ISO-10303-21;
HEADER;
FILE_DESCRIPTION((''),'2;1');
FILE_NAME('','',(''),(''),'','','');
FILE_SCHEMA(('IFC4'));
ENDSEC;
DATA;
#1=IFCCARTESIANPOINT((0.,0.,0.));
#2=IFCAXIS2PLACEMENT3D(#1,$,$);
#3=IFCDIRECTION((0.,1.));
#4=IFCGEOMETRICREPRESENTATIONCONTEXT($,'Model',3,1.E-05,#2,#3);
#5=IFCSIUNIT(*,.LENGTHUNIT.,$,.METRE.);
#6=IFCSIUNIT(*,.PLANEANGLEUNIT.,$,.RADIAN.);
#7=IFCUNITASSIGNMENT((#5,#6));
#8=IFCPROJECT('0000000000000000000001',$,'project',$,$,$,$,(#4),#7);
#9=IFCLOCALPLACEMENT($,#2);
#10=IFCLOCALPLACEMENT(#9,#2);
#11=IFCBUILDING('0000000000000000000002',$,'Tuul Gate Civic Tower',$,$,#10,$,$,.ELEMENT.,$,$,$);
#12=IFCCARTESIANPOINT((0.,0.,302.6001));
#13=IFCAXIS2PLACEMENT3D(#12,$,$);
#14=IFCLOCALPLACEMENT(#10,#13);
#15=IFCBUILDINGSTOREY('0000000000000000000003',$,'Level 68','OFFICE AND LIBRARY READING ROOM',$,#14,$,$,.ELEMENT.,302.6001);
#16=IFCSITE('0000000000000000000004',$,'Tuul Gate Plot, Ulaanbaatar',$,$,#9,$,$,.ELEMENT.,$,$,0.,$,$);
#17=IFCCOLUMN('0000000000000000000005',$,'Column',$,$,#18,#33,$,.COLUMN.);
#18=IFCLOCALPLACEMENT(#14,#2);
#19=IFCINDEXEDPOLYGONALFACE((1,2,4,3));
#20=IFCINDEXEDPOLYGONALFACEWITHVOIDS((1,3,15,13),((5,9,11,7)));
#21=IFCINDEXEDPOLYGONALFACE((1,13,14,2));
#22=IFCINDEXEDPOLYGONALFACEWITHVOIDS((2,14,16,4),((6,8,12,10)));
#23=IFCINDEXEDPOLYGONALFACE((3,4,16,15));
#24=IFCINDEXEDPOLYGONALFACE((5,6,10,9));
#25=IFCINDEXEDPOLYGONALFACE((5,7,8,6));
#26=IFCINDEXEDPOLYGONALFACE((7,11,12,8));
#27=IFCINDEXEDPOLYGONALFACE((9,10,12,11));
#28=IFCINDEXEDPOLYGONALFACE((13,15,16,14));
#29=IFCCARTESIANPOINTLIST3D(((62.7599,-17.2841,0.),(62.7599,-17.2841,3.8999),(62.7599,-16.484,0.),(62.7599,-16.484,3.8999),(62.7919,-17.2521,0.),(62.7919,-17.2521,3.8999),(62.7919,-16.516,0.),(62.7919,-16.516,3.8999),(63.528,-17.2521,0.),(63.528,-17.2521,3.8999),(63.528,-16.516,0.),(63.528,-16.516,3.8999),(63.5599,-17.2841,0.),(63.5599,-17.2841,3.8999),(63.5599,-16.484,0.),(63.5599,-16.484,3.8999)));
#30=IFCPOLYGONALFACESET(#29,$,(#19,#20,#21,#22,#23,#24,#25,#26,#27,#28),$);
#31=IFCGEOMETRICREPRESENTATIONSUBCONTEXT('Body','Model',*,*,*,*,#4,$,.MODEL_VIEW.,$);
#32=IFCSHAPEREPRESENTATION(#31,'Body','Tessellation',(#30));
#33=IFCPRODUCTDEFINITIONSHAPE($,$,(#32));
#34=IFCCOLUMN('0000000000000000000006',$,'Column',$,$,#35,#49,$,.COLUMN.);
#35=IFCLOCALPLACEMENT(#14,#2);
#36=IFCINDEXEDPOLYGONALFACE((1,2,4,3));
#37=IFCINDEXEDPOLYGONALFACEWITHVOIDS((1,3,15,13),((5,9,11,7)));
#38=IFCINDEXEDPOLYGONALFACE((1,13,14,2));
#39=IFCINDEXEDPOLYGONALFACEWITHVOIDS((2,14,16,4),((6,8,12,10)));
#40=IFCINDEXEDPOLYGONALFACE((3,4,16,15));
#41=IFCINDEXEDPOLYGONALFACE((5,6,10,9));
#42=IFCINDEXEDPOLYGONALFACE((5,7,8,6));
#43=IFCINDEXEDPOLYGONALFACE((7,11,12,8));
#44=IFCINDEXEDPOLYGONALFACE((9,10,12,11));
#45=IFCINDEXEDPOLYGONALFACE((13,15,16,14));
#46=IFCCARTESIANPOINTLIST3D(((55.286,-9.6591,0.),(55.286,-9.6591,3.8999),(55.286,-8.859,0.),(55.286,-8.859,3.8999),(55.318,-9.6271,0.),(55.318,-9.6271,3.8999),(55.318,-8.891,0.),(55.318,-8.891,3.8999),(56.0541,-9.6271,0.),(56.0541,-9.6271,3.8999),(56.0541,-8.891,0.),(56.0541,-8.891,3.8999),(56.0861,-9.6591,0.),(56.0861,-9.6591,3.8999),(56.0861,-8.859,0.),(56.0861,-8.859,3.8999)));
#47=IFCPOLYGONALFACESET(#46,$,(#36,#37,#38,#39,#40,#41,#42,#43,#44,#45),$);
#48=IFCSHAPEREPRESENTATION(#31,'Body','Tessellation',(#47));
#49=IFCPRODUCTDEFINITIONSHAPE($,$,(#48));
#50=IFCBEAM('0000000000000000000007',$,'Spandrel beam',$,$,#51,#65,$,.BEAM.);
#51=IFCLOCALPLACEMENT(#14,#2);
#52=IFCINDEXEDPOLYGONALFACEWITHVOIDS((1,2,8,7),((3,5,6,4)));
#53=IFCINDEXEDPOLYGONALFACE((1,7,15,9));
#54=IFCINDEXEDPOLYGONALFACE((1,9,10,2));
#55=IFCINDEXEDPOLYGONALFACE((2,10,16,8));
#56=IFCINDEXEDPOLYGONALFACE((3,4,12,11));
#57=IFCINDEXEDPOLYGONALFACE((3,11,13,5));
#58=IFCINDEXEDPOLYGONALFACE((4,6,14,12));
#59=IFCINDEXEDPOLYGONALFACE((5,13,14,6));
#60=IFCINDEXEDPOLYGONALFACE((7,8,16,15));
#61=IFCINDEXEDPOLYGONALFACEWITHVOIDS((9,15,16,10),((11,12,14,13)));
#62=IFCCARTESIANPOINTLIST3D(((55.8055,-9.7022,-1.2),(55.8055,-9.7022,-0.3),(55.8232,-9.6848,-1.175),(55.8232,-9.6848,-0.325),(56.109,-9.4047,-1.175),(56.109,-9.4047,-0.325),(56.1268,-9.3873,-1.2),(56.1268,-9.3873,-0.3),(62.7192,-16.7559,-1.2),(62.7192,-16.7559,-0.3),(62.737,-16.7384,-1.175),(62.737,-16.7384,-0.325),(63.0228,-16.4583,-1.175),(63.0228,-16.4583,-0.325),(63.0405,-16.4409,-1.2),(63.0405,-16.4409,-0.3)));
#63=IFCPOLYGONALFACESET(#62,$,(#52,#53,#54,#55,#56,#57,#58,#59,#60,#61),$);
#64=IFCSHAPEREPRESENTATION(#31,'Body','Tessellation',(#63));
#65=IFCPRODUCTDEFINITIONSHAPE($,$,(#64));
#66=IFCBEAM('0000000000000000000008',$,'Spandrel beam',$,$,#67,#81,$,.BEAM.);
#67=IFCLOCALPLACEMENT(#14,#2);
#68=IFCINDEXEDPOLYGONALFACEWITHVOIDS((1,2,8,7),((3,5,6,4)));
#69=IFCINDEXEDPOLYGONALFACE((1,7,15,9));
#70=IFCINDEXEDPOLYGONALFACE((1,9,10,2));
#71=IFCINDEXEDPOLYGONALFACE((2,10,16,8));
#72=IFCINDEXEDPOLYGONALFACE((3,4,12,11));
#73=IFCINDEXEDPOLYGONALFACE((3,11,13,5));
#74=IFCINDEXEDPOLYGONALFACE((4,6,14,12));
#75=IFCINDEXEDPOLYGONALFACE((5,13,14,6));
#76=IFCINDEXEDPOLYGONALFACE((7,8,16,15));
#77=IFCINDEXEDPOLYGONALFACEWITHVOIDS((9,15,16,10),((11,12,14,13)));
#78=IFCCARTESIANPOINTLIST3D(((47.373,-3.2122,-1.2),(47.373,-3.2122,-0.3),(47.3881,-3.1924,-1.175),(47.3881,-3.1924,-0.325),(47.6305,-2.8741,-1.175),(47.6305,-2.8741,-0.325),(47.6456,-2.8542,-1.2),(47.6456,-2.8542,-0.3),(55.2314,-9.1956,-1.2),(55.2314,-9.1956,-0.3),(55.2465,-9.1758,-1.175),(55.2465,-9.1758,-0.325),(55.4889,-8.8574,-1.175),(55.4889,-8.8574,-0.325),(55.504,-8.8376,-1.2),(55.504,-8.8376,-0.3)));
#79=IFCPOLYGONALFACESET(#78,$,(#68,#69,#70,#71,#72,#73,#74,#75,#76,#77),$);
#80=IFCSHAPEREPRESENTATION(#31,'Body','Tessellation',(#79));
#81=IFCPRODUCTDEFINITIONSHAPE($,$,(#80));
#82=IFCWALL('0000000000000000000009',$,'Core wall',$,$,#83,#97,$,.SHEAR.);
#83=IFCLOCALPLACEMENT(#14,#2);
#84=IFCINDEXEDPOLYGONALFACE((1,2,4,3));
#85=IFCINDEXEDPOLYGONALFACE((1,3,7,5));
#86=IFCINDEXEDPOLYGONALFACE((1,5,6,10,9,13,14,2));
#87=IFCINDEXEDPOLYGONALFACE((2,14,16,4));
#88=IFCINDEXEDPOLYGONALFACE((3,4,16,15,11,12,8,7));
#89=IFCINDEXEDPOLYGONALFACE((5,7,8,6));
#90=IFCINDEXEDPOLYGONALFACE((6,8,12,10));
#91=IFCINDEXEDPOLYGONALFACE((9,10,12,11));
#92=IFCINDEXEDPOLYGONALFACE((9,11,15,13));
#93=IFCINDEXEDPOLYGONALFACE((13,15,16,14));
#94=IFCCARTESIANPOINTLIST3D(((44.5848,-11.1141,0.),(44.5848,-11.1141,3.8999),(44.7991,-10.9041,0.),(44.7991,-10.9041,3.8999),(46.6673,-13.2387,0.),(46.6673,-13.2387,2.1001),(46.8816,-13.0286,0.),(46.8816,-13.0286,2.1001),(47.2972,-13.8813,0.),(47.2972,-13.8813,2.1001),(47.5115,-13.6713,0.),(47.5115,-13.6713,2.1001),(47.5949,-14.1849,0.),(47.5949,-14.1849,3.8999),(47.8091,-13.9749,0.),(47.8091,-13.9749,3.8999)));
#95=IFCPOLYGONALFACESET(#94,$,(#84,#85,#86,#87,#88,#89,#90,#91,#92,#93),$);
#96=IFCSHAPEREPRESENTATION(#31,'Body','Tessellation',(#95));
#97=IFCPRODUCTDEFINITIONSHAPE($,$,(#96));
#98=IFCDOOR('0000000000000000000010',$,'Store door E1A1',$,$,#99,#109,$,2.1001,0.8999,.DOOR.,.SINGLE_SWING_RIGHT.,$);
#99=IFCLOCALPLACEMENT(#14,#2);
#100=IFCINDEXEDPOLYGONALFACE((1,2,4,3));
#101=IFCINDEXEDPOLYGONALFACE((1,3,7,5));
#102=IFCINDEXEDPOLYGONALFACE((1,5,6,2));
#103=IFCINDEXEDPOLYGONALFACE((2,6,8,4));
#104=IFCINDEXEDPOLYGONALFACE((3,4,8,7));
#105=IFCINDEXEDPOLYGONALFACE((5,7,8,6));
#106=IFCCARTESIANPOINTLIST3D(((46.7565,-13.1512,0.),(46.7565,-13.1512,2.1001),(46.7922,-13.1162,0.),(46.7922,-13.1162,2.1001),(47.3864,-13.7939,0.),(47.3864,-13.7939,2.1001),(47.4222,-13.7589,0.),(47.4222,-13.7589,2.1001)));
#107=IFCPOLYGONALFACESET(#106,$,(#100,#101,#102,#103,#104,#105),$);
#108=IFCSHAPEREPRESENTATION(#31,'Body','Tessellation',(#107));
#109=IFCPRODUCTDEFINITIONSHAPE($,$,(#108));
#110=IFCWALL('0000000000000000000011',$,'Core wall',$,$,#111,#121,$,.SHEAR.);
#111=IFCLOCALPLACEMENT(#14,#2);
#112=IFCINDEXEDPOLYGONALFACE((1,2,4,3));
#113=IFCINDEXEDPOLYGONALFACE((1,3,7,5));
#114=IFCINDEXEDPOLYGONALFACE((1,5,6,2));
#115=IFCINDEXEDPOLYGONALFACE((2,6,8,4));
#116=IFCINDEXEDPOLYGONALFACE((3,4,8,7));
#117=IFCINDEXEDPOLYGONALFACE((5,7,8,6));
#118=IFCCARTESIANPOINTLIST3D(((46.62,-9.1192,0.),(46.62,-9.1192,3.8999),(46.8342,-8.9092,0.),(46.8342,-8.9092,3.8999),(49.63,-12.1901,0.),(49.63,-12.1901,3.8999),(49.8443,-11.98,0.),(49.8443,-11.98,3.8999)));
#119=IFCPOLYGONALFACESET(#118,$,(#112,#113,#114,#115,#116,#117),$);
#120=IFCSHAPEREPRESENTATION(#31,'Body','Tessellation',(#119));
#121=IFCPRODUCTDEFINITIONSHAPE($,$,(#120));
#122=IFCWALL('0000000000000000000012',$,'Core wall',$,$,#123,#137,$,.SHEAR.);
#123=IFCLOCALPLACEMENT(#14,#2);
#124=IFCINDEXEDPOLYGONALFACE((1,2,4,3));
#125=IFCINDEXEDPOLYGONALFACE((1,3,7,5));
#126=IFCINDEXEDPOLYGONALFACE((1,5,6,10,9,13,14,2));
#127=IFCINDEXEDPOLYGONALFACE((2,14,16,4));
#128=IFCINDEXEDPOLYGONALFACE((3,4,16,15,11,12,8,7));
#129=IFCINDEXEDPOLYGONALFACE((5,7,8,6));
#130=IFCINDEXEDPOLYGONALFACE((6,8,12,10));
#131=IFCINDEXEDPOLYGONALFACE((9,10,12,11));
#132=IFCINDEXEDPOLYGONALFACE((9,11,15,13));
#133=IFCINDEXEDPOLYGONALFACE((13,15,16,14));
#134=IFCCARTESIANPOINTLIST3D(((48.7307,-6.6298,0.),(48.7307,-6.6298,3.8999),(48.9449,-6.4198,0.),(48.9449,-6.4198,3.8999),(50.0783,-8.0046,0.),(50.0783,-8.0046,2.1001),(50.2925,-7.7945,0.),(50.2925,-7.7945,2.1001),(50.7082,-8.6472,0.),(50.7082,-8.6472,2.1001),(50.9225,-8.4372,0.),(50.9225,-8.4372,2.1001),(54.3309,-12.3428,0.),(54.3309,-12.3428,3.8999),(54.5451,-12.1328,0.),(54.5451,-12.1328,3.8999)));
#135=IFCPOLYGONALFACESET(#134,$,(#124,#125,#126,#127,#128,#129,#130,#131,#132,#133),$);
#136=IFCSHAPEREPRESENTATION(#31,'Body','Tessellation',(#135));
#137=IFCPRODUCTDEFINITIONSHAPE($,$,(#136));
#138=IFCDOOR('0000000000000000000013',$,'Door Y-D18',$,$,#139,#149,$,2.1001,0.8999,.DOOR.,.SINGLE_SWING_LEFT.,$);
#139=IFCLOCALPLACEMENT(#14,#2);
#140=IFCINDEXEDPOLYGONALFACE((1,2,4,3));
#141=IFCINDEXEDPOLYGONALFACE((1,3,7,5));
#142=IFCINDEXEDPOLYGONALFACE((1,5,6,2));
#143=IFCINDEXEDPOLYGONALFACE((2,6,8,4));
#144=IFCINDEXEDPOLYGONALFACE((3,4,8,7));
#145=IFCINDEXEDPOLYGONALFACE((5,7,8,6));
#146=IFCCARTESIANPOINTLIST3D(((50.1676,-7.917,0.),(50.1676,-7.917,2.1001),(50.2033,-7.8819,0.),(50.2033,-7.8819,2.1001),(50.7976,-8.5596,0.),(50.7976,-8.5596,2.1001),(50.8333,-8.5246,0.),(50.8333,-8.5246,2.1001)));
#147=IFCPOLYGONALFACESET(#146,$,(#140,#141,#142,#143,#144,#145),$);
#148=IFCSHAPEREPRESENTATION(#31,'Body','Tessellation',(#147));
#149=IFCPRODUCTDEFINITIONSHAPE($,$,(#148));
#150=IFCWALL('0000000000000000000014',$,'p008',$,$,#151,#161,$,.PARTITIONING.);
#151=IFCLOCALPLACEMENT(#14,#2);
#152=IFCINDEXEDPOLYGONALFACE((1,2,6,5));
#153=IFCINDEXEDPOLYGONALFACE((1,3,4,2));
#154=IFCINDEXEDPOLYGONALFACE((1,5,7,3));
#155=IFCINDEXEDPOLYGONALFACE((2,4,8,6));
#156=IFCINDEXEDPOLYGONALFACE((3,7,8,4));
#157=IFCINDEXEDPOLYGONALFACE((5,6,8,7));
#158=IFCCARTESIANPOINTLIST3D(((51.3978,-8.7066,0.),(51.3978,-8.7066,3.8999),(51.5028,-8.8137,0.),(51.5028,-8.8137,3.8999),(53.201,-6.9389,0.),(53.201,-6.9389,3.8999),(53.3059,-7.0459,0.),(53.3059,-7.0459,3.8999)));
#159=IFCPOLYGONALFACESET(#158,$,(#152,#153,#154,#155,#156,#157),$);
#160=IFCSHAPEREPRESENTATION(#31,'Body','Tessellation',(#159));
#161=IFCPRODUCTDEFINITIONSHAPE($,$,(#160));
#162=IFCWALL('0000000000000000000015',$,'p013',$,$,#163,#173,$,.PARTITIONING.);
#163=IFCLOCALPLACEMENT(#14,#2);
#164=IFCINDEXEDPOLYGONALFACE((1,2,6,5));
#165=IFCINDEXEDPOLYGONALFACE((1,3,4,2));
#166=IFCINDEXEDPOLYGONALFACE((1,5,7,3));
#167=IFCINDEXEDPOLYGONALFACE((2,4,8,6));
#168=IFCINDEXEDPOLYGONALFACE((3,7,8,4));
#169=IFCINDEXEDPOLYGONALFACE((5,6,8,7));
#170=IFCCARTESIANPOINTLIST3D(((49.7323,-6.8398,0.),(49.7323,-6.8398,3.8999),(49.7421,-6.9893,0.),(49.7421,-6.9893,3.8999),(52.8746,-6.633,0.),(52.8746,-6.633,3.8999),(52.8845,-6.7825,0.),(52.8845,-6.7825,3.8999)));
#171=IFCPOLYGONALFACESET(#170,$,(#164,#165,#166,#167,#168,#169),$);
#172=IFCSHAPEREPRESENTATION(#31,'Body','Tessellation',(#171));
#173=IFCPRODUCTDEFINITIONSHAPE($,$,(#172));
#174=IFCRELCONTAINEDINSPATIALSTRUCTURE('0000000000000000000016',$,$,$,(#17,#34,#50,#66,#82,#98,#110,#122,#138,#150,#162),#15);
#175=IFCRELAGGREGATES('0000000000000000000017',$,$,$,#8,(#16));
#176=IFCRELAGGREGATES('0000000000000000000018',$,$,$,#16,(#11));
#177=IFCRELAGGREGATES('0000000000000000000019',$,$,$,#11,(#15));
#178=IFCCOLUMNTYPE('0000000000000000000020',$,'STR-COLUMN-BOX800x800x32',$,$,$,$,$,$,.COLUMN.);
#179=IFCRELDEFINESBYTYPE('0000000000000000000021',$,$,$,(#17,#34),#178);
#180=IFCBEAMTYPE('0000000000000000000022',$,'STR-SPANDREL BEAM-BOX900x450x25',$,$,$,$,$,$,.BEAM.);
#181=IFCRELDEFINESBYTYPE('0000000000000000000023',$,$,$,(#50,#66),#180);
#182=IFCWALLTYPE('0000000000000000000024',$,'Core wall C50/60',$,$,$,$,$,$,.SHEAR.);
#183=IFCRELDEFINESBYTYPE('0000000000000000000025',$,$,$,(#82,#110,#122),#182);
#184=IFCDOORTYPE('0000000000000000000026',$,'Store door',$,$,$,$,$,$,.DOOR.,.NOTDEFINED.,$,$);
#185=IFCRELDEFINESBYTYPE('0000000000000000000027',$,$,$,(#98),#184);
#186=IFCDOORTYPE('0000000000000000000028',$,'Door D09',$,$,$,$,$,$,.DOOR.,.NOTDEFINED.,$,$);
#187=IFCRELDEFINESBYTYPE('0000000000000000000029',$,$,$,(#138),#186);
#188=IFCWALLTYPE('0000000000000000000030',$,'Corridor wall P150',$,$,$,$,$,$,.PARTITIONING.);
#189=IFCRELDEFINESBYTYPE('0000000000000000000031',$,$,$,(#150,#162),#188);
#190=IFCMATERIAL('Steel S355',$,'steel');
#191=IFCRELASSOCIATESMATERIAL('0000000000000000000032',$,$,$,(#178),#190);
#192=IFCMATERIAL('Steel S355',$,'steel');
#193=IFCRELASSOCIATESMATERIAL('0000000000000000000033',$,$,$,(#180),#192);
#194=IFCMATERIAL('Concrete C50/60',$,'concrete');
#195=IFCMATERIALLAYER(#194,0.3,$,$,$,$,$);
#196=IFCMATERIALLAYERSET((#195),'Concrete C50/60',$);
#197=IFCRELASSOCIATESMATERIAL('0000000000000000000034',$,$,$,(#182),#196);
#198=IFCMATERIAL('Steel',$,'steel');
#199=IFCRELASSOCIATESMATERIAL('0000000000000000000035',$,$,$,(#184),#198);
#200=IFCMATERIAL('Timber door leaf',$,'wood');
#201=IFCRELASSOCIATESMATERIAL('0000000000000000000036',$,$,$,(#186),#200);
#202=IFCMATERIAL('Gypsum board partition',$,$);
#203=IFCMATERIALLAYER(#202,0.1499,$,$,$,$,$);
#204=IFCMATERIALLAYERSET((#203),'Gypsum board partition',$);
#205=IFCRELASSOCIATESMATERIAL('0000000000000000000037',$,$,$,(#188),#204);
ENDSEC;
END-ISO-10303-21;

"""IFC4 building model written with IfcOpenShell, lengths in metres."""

from ifc_helpers import new_model, si_unit, direction, frame, frame_2d, origin, origin_2d, place, context, subcontext, project, spatial, rectangle, hollow_rectangle, extrude, material, layer, layer_set, material_profile, profile_set, type_object, element, fill, save


model = new_model("IFC4")

# Units and contexts
model_context = context("Model", 3, precision=1e-05, world=origin(), true_north=direction((0.0, 1.0)))
body_context = subcontext(model_context, "Body", "Model", "MODEL_VIEW")
ifc_project = project(units=[si_unit("LENGTHUNIT", "METRE"), si_unit("PLANEANGLEUNIT", "RADIAN")], contexts=[model_context])

# Site, building, storey
site_placement = place(None, origin())
site = spatial("IfcSite", under=ifc_project, at=site_placement, Name="Tuul Gate Plot, Ulaanbaatar", CompositionType="ELEMENT", RefElevation=0.0)
building_placement = place(site_placement, origin())
building = spatial("IfcBuilding", under=site, at=building_placement, Name="Tuul Gate Civic Tower", CompositionType="ELEMENT")
storey_placement = place(building_placement, frame((0.0, 0.0, 302.6001)))
storey = spatial("IfcBuildingStorey", under=building, at=storey_placement, Name="Level 68", Description="OFFICE AND LIBRARY READING ROOM", CompositionType="ELEMENT", Elevation=302.6001)

# Columns
ifc_material_1 = material(Name="Steel S355", Category="steel")
ifc_material_profile_1 = material_profile(ifc_material_1, hollow_rectangle(XDim=0.8, YDim=0.8, WallThickness=0.032, at=origin_2d()), Name="BOX800x800x32")
ifc_profile_set_1 = profile_set([ifc_material_profile_1], Name="Steel S355")
column_type = type_object("IfcColumnType", Name="STR-COLUMN-BOX800x800x32", PredefinedType="COLUMN", material=ifc_profile_set_1)
for number, where, z_axis, x_axis, name in (
    (1, (63.1599, -16.884, 0.0), (0.0, 0.0, 1.0), (1.0, 0.0, 0.0), "Column"),
    (2, (55.686, -9.259, 0.0), (0.0, 0.0, 1.0), (1.0, 0.0, 0.0), "Column"),
):
    element("IfcColumn", number, at=place(storey_placement, frame(where, z_axis=z_axis, x_axis=x_axis)), inside=storey, type_object=column_type, Name=name, PredefinedType="COLUMN", context=body_context, shape_type="SweptSolid", body=[
        extrude(hollow_rectangle(XDim=0.8, YDim=0.8, WallThickness=0.032, at=origin_2d()), origin(), (0.0, 0.0, 1.0), 3.8999),
    ])

# Beams
ifc_material_2 = material(Name="Steel S355", Category="steel")
ifc_material_profile_2 = material_profile(ifc_material_2, hollow_rectangle(XDim=0.45, YDim=0.8999, WallThickness=0.0249, at=origin_2d()), Name="BOX900x450x25")
ifc_profile_set_2 = profile_set([ifc_material_profile_2], Name="Steel S355")
beam_type = type_object("IfcBeamType", Name="STR-SPANDREL BEAM-BOX900x450x25", PredefinedType="BEAM", material=ifc_profile_set_2)
for number, where, z_axis, x_axis, name in (
    (3, (62.8799, -16.5984, -0.75), (-0.69999, 0.714153, 0.0), (-0.714153, -0.69999, 0.0), "Spandrel beam"),
    (4, (55.3677, -9.0166, -0.75), (-0.795625, 0.60579, 0.0), (-0.60579, -0.795625, 0.0), "Spandrel beam"),
):
    element("IfcBeam", number, at=place(storey_placement, frame(where, z_axis=z_axis, x_axis=x_axis)), inside=storey, type_object=beam_type, Name=name, PredefinedType="BEAM", context=body_context, shape_type="SweptSolid", body=[
        extrude(hollow_rectangle(XDim=0.45, YDim=0.8999, WallThickness=0.0249, at=origin_2d()), origin(), (0.0, 0.0, 1.0), 9.877),
    ])

# Wall, opening, door
ifc_material_3 = material(Name="Concrete C50/60", Category="concrete")
ifc_layer_1 = layer(ifc_material_3, 0.3)
ifc_layer_set_1 = layer_set([ifc_layer_1], Name="Concrete C50/60")
wall_type_1 = type_object("IfcWallType", Name="Core wall C50/60", PredefinedType="SHEAR", material=ifc_layer_set_1)
wall_1_placement = place(storey_placement, frame((47.7019, -14.0798, 0.0), z_axis=(0.0, 0.0, 1.0), x_axis=(-0.700003, 0.71414, 0.0)))
wall_1 = element("IfcWall", 5, at=wall_1_placement, inside=storey, type_object=wall_type_1, Name="Core wall", PredefinedType="SHEAR", context=body_context, shape_type="SweptSolid", body=[
    extrude(rectangle(XDim=4.3, YDim=0.3, at=frame_2d((2.1499, 0.0))), origin(), (0.0, 0.0, 1.0), 3.8999),
])
opening_1_placement = place(wall_1_placement, frame((0.425, 0.0, 0.0)))
opening_1 = element("IfcOpeningElement", 6, at=opening_1_placement, cuts=wall_1, PredefinedType="OPENING", context=body_context, shape_type="SweptSolid", body=[
    extrude(rectangle(XDim=0.8999, YDim=2.1001, at=frame_2d((0.45, 1.05))), frame((0.0, 0.1602, 0.0), z_axis=(0.0, -1.0, 0.0), x_axis=(1.0, 0.0, 0.0)), (0.0, 0.0, 1.0), 0.3201),
])
ifc_material_4 = material(Name="Steel", Category="steel")
door_type_1 = type_object("IfcDoorType", Name="Store door", OperationType="NOTDEFINED", PredefinedType="DOOR", material=ifc_material_4)
door_1_placement = place(opening_1_placement, frame((0.8999, 0.0, 0.0), z_axis=(0.0, 0.0, 1.0), x_axis=(-1.0, 0.0, 0.0)))
door_1 = element("IfcDoor", 7, at=door_1_placement, inside=storey, type_object=door_type_1, Name="Store door E1A1", OperationType="SINGLE_SWING_RIGHT", OverallHeight=2.1001, OverallWidth=0.8999, PredefinedType="DOOR", context=body_context, shape_type="SweptSolid", body=[
    extrude(rectangle(XDim=0.8999, YDim=2.1001, at=frame_2d((0.45, 1.05))), frame((0.0, 0.0249, 0.0), z_axis=(0.0, -1.0, 0.0), x_axis=(1.0, 0.0, 0.0)), (0.0, 0.0, 1.0), 0.05),
])
fill(opening_1, door_1)

# Wall
wall_2_placement = place(storey_placement, frame((49.7371, -12.085, 0.0), z_axis=(0.0, 0.0, 1.0), x_axis=(-0.700003, 0.71414, 0.0)))
element("IfcWall", 8, at=wall_2_placement, inside=storey, type_object=wall_type_1, Name="Core wall", PredefinedType="SHEAR", context=body_context, shape_type="SweptSolid", body=[
    extrude(rectangle(XDim=4.3, YDim=0.3, at=frame_2d((2.1499, 0.0))), origin(), (0.0, 0.0, 1.0), 3.8999),
])

# Wall, opening, door
wall_3_placement = place(storey_placement, frame((54.438, -12.2378, 0.0), z_axis=(0.0, 0.0, 1.0), x_axis=(-0.700022, 0.714121, 0.0)))
wall_3 = element("IfcWall", 9, at=wall_3_placement, inside=storey, type_object=wall_type_1, Name="Core wall", PredefinedType="SHEAR", context=body_context, shape_type="SweptSolid", body=[
    extrude(rectangle(XDim=8.0, YDim=0.3, at=frame_2d((4.0, 0.0))), origin(), (0.0, 0.0, 1.0), 3.8999),
])
opening_2_placement = place(wall_3_placement, frame((5.175, 0.0, 0.0)))
opening_2 = element("IfcOpeningElement", 10, at=opening_2_placement, cuts=wall_3, PredefinedType="OPENING", context=body_context, shape_type="SweptSolid", body=[
    extrude(rectangle(XDim=0.8999, YDim=2.1001, at=frame_2d((0.45, 1.05))), frame((0.0, 0.1602, 0.0), z_axis=(0.0, -1.0, 0.0), x_axis=(1.0, 0.0, 0.0)), (0.0, 0.0, 1.0), 0.3201),
])
ifc_material_5 = material(Name="Timber door leaf", Category="wood")
door_type_2 = type_object("IfcDoorType", Name="Door D09", OperationType="NOTDEFINED", PredefinedType="DOOR", material=ifc_material_5)
door_2_placement = place(opening_2_placement, origin())
door_2 = element("IfcDoor", 11, at=door_2_placement, inside=storey, type_object=door_type_2, Name="Door Y-D18", OperationType="SINGLE_SWING_LEFT", OverallHeight=2.1001, OverallWidth=0.8999, PredefinedType="DOOR", context=body_context, shape_type="SweptSolid", body=[
    extrude(rectangle(XDim=0.8999, YDim=2.1001, at=frame_2d((0.45, 1.05))), frame((0.0, 0.0249, 0.0), z_axis=(0.0, -1.0, 0.0), x_axis=(1.0, 0.0, 0.0)), (0.0, 0.0, 1.0), 0.05),
])
fill(opening_2, door_2)

# Walls
ifc_material_6 = material(Name="Gypsum board partition")
ifc_layer_2 = layer(ifc_material_6, 0.1499)
ifc_layer_set_2 = layer_set([ifc_layer_2], Name="Gypsum board partition")
wall_type_2 = type_object("IfcWallType", Name="Corridor wall P150", PredefinedType="PARTITIONING", material=ifc_layer_set_2)
wall_4_placement = place(storey_placement, frame((51.4502, -8.7603, 0.0), z_axis=(0.0, 0.0, 1.0), x_axis=(0.714081, 0.700063, 0.0)))
element("IfcWall", 12, at=wall_4_placement, inside=storey, type_object=wall_type_2, Name="p008", PredefinedType="PARTITIONING", context=body_context, shape_type="SweptSolid", body=[
    extrude(rectangle(XDim=2.5251, YDim=0.1499, at=frame_2d((1.2627, 0.0))), origin(), (0.0, 0.0, 1.0), 3.8999),
])
wall_5_placement = place(storey_placement, frame((49.7371, -6.9146, 0.0), z_axis=(0.0, 0.0, 1.0), x_axis=(0.997842, 0.065665, 0.0)))
element("IfcWall", 13, at=wall_5_placement, inside=storey, type_object=wall_type_2, Name="p013", PredefinedType="PARTITIONING", context=body_context, shape_type="SweptSolid", body=[
    extrude(rectangle(XDim=3.1492, YDim=0.1499, at=frame_2d((1.5747, 0.0))), origin(), (0.0, 0.0, 1.0), 3.8999),
])

save(model, "model.ifc")
